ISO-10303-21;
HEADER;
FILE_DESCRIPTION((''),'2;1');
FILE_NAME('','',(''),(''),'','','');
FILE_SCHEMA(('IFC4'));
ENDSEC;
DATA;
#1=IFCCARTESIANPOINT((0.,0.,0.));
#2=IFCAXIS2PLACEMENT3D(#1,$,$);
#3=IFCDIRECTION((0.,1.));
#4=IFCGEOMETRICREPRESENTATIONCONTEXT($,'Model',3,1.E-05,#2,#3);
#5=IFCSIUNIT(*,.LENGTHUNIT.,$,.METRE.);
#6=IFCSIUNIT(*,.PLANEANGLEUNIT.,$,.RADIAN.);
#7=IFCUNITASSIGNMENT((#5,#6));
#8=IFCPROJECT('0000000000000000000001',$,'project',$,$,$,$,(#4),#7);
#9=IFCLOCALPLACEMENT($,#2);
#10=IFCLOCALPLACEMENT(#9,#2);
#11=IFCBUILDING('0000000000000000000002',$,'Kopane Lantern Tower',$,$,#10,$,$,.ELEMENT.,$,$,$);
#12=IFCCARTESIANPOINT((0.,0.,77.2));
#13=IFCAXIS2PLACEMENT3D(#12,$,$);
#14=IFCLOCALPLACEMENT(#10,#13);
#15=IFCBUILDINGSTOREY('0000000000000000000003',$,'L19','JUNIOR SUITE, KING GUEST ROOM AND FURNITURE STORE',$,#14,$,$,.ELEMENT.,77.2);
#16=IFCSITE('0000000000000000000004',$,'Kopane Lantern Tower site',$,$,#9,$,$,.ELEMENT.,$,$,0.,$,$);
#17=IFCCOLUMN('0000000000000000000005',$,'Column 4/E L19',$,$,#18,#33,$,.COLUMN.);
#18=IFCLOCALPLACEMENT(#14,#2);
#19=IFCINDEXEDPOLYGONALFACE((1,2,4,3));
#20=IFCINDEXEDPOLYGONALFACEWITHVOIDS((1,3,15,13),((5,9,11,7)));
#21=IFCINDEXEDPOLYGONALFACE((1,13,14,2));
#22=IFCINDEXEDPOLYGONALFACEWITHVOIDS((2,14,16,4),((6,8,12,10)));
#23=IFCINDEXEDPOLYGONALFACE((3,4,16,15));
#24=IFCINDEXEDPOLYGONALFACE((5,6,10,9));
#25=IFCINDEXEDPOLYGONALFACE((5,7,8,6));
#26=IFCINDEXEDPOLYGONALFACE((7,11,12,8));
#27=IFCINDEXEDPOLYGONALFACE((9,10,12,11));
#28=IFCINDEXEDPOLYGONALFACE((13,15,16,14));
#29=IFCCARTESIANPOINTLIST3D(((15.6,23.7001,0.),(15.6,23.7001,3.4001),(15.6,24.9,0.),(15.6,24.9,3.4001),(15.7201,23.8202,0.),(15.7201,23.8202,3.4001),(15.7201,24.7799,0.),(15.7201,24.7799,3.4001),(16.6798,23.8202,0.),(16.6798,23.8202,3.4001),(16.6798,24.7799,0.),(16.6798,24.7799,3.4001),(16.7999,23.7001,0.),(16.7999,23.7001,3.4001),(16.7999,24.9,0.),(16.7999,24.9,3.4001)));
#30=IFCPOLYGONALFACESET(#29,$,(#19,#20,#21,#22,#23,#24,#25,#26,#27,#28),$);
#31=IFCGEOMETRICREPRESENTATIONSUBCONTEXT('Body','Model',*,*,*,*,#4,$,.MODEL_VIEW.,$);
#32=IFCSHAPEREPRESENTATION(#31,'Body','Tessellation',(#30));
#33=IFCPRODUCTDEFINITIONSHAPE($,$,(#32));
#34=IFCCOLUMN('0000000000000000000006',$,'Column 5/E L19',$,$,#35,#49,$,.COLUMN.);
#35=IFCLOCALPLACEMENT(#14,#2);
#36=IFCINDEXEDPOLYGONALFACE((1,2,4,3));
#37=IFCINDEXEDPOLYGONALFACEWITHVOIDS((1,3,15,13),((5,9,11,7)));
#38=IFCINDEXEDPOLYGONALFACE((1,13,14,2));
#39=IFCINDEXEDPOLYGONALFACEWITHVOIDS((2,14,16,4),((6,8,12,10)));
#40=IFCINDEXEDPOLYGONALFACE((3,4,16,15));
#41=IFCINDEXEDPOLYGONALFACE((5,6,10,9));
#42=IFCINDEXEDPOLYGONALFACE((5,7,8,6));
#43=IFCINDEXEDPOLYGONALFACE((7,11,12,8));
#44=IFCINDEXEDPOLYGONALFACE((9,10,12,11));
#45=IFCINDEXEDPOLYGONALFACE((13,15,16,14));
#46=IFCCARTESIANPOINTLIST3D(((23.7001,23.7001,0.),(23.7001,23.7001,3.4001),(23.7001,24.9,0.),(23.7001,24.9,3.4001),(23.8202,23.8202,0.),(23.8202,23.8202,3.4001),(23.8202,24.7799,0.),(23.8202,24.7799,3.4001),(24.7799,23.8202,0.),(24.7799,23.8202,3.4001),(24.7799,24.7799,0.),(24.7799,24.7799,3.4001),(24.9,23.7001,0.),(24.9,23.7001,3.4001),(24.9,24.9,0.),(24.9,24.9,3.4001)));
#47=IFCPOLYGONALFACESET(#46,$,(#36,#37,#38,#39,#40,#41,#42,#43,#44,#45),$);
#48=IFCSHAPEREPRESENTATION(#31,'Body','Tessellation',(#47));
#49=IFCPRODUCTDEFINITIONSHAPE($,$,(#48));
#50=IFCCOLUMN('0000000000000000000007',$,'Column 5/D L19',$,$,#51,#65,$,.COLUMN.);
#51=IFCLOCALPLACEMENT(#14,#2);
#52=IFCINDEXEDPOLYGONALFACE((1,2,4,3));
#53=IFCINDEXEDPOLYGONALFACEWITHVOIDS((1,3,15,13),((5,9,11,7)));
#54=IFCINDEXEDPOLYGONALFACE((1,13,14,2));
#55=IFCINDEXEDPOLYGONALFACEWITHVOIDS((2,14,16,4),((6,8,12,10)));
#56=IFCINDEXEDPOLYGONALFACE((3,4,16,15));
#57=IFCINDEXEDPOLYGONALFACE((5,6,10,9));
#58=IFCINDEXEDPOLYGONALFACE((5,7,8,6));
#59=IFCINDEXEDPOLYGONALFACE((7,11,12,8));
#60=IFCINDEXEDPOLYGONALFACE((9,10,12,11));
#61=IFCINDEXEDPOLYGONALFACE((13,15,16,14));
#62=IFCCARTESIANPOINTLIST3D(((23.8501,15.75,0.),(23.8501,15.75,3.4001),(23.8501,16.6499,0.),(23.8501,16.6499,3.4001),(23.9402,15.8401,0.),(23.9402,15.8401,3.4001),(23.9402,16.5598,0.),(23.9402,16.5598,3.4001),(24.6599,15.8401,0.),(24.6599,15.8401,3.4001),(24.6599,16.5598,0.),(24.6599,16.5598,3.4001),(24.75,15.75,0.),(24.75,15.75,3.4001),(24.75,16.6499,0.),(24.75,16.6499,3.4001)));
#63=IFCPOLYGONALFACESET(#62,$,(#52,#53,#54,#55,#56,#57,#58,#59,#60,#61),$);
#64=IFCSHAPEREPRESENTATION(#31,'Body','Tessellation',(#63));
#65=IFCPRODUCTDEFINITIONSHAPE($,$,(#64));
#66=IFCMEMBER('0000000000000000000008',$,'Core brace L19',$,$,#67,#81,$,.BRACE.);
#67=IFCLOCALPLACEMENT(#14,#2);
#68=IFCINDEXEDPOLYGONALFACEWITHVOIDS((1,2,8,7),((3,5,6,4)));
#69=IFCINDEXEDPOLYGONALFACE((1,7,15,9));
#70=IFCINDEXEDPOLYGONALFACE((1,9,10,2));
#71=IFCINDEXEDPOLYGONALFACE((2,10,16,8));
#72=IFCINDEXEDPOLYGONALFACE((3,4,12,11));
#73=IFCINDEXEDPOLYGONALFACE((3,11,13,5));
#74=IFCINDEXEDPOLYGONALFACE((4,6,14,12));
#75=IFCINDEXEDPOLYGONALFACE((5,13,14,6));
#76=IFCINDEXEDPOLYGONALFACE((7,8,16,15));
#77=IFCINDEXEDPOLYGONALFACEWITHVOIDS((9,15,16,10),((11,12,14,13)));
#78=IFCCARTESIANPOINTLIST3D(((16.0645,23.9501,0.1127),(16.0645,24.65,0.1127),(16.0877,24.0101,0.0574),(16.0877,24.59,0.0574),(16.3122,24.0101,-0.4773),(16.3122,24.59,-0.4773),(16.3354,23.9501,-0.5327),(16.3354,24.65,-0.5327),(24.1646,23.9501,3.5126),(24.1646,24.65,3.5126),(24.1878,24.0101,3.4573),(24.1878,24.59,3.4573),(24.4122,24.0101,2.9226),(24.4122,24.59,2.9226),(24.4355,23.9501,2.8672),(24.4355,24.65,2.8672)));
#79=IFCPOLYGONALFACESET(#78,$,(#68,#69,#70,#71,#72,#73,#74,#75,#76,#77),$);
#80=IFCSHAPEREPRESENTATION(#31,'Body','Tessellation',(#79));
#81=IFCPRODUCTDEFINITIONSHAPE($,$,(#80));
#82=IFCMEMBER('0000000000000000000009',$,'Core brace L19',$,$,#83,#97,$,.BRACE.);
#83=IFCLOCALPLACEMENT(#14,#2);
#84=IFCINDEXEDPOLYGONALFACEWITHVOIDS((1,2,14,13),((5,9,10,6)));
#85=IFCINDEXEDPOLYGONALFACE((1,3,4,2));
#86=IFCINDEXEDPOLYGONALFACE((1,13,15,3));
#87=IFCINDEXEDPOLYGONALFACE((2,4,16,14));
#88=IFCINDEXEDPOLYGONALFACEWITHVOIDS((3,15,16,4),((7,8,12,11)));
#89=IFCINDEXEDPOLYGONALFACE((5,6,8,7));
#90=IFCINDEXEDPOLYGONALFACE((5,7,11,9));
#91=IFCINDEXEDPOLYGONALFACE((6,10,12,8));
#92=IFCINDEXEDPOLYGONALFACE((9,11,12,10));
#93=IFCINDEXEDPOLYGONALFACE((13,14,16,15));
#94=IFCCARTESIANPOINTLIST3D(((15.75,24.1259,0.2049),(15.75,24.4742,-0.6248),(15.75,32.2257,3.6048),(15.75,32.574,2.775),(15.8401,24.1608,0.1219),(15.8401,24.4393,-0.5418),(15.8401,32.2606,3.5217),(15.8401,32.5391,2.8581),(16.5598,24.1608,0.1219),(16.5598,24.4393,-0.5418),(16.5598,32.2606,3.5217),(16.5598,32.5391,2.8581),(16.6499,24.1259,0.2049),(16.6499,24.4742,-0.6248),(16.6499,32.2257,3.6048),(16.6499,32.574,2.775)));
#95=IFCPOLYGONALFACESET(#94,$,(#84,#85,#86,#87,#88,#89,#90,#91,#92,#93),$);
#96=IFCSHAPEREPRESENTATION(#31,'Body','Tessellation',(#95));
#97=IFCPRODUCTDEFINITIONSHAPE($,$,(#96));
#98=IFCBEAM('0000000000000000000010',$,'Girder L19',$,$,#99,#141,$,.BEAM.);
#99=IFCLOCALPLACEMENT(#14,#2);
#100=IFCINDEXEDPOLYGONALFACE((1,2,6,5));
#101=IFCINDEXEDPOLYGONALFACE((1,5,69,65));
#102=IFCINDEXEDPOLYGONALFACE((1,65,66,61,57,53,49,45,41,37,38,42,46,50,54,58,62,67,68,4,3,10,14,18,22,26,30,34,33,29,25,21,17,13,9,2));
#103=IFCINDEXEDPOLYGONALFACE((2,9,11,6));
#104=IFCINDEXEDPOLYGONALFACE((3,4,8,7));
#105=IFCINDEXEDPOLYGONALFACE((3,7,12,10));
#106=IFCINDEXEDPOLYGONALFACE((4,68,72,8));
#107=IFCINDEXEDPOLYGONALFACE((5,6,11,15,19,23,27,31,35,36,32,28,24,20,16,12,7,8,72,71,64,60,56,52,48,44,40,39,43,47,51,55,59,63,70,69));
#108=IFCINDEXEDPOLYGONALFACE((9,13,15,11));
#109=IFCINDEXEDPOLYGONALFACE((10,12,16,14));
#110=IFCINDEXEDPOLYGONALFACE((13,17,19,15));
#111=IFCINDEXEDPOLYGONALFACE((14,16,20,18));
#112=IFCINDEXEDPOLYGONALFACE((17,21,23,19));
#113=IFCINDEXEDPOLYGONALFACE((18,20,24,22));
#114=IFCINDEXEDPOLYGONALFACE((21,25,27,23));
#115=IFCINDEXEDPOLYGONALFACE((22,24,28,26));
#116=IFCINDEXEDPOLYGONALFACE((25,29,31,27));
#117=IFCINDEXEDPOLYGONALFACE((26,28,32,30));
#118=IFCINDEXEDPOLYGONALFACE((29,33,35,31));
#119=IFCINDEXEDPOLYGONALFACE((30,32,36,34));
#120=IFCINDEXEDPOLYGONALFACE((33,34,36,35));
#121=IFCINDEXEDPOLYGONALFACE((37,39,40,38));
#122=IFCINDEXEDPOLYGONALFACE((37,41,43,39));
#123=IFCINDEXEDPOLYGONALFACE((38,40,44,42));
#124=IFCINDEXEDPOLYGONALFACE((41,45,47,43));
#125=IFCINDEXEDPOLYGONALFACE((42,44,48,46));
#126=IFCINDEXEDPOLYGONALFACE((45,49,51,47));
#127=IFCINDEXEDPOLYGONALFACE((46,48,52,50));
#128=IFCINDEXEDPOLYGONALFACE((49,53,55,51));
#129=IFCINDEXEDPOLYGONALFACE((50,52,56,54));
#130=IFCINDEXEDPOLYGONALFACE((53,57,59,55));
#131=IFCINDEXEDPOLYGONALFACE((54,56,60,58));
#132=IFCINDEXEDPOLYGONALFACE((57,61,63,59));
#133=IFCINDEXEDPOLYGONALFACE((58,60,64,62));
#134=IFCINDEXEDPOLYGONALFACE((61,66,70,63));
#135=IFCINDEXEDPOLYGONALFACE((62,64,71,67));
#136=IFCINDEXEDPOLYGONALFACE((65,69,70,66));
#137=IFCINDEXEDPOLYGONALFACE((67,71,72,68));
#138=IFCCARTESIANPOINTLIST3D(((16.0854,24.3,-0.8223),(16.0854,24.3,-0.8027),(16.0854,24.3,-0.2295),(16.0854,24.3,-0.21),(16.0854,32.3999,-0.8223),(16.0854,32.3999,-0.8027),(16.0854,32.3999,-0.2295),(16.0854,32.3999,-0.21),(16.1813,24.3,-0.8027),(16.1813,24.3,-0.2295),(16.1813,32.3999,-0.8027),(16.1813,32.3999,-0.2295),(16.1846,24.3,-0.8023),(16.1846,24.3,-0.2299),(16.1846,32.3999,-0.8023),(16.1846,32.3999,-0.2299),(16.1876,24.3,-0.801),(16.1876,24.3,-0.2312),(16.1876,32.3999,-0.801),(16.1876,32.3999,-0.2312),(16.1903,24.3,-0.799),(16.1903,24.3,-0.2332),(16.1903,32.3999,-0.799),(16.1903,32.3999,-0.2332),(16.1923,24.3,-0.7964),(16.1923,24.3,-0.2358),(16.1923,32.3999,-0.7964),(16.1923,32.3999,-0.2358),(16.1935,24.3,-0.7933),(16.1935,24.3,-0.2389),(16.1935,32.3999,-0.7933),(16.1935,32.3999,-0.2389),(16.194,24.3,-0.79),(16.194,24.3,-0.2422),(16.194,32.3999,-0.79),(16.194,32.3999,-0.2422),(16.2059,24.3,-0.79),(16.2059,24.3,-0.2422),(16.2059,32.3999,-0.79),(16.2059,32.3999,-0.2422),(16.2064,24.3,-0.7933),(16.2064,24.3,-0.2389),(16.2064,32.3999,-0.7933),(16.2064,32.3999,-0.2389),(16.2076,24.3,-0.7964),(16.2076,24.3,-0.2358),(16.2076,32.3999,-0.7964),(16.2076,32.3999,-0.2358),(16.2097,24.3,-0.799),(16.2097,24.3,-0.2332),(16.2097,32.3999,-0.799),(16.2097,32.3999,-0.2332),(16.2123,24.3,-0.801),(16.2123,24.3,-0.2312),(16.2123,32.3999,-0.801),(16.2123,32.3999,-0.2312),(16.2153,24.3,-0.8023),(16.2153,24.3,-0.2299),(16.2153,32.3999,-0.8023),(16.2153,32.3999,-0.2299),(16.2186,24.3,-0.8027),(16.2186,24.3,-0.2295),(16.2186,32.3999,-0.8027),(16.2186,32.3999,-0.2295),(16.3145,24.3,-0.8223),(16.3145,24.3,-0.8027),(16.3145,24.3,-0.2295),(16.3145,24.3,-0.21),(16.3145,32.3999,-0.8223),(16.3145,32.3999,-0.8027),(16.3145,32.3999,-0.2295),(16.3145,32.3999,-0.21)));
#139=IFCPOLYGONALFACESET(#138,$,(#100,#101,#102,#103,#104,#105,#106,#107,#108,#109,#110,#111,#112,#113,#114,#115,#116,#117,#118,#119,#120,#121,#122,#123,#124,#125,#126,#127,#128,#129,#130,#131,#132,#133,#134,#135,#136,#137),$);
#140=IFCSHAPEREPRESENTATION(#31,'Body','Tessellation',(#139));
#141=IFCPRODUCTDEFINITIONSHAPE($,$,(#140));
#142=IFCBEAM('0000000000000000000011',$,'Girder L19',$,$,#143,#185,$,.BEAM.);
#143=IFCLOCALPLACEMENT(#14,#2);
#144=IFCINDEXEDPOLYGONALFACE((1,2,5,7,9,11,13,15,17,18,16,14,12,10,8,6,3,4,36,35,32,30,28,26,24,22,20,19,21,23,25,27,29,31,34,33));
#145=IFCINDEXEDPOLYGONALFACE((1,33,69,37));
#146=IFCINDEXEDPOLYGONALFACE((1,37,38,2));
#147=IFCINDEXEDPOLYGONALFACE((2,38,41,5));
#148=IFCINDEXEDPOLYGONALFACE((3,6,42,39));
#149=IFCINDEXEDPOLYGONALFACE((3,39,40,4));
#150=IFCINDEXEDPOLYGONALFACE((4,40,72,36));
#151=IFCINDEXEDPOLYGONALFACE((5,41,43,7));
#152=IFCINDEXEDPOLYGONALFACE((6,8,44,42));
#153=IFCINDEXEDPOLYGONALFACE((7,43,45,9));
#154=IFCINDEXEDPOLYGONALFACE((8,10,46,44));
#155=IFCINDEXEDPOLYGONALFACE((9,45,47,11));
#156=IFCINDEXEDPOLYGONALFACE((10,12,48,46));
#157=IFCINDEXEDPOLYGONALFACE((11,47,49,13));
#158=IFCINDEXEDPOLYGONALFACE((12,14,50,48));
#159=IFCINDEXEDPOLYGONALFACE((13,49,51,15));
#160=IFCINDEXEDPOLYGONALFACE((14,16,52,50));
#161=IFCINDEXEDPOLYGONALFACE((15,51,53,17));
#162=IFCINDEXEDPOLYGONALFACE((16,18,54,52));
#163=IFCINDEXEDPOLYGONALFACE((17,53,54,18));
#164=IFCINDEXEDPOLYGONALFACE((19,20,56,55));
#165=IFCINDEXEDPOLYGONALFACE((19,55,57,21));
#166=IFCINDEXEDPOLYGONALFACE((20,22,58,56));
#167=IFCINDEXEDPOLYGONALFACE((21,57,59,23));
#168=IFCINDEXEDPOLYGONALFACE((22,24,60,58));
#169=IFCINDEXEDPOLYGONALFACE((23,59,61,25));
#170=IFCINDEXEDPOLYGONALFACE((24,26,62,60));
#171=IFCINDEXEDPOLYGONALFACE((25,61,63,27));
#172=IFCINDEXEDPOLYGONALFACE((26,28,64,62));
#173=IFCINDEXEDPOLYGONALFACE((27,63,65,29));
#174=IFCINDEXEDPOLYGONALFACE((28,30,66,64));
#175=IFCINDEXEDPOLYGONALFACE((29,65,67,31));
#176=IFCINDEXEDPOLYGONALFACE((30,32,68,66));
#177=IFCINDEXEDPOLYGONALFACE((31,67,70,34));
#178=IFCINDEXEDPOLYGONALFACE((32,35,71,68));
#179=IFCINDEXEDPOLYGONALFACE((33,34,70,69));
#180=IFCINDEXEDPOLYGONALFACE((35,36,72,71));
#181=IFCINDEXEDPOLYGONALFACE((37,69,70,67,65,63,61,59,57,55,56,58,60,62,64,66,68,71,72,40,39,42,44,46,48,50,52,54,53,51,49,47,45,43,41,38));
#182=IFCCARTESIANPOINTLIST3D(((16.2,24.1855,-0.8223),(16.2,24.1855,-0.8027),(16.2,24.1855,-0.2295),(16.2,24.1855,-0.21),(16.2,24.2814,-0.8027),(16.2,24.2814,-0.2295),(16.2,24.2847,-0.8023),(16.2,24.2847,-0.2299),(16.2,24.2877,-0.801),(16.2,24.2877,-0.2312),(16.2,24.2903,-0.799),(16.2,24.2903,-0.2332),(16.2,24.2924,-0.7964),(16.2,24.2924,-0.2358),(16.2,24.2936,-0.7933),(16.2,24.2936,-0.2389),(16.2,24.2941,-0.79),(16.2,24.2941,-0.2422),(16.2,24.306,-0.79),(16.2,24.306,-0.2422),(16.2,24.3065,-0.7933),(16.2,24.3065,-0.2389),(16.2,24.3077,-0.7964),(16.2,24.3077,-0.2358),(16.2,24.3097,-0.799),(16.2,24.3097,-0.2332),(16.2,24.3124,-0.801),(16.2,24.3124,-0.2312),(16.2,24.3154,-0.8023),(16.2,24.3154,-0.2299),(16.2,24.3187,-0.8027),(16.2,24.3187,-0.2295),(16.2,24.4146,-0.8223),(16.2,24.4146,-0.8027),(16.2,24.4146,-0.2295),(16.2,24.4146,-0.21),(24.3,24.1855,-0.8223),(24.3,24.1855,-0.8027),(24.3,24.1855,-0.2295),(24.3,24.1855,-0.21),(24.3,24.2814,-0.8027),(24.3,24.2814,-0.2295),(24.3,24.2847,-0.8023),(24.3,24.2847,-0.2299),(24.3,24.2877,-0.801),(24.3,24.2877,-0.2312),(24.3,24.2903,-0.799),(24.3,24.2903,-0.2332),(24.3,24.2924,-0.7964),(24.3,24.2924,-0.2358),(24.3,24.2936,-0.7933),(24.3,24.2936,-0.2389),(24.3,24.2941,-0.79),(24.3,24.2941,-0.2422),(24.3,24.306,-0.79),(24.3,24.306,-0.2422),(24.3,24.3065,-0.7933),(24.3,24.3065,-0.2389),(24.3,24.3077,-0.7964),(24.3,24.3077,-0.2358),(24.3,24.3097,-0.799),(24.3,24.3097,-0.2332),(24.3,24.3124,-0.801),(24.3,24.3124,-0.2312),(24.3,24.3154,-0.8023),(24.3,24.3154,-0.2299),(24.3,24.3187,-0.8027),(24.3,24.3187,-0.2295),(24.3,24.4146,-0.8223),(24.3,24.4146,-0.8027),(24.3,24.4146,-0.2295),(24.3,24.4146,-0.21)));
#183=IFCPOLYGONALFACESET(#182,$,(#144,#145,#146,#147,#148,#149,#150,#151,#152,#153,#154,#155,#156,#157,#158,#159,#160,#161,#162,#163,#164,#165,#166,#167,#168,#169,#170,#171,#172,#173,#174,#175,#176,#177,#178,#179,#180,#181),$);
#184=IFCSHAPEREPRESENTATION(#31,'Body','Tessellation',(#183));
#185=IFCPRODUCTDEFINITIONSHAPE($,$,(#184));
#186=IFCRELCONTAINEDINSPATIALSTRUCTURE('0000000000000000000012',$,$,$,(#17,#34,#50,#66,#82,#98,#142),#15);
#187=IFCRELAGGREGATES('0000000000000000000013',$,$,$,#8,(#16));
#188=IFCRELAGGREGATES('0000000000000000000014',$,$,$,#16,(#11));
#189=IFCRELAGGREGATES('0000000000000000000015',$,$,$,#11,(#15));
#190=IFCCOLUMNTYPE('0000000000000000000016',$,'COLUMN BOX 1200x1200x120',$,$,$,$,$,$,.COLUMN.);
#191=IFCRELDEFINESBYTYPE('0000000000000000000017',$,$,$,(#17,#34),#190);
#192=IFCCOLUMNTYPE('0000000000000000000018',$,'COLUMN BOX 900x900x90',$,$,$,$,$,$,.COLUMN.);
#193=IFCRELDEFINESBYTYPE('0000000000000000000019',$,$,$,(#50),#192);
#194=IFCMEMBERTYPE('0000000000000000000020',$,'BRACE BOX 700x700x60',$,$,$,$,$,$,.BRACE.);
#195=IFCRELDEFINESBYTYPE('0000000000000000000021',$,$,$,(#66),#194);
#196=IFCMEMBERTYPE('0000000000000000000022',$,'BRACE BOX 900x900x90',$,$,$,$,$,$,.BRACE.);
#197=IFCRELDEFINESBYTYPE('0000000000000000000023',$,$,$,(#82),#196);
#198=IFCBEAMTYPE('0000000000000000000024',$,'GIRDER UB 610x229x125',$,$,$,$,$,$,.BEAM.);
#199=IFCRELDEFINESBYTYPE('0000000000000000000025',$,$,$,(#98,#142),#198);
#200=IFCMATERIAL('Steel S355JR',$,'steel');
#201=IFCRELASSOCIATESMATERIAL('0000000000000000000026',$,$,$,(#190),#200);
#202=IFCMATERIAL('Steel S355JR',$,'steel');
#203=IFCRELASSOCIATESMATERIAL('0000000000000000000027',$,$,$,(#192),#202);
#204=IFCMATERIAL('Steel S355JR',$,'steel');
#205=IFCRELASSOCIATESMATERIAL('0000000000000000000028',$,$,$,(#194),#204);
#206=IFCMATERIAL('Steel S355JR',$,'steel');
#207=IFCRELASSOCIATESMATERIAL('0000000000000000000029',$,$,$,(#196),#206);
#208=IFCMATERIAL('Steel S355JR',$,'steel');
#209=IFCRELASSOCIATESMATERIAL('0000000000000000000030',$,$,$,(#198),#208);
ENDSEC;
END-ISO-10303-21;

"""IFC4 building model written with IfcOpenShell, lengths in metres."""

from ifc_helpers import new_model, si_unit, direction, frame, origin, origin_2d, place, context, subcontext, project, spatial, hollow_rectangle, i_section, extrude, material, material_profile, profile_set, type_object, element, save


model = new_model("IFC4")

# Units and contexts
model_context = context("Model", 3, precision=1e-05, world=origin(), true_north=direction((0.0, 1.0)))
body_context = subcontext(model_context, "Body", "Model", "MODEL_VIEW")
ifc_project = project(units=[si_unit("LENGTHUNIT", "METRE"), si_unit("PLANEANGLEUNIT", "RADIAN")], contexts=[model_context])

# Site, building, storey
site_placement = place(None, origin())
site = spatial("IfcSite", under=ifc_project, at=site_placement, Name="Kopane Lantern Tower site", CompositionType="ELEMENT", RefElevation=0.0)
building_placement = place(site_placement, origin())
building = spatial("IfcBuilding", under=site, at=building_placement, Name="Kopane Lantern Tower", CompositionType="ELEMENT")
storey_placement = place(building_placement, frame((0.0, 0.0, 77.2)))
storey = spatial("IfcBuildingStorey", under=building, at=storey_placement, Name="L19", Description="JUNIOR SUITE, KING GUEST ROOM AND FURNITURE STORE", CompositionType="ELEMENT", Elevation=77.2)

# Columns
ifc_material_1 = material(Name="Steel S355JR", Category="steel")
ifc_material_profile_1 = material_profile(ifc_material_1, hollow_rectangle(XDim=1.2, YDim=1.2, WallThickness=0.1201, at=origin_2d()), Name="BOX 1200x1200x120")
ifc_profile_set_1 = profile_set([ifc_material_profile_1], Name="Steel S355JR")
column_type_1 = type_object("IfcColumnType", Name="COLUMN BOX 1200x1200x120", PredefinedType="COLUMN", material=ifc_profile_set_1)
for number, where, z_axis, x_axis, name in (
    (1, (16.2, 24.3, 0.0), (0.0, 0.0, 1.0), (1.0, 0.0, 0.0), "Column 4/E L19"),
    (2, (24.3, 24.3, 0.0), (0.0, 0.0, 1.0), (1.0, 0.0, 0.0), "Column 5/E L19"),
):
    element("IfcColumn", number, at=place(storey_placement, frame(where, z_axis=z_axis, x_axis=x_axis)), inside=storey, type_object=column_type_1, Name=name, PredefinedType="COLUMN", context=body_context, shape_type="SweptSolid", body=[
        extrude(hollow_rectangle(XDim=1.2, YDim=1.2, WallThickness=0.1201, at=origin_2d()), origin(), (0.0, 0.0, 1.0), 3.4001),
    ])
ifc_material_2 = material(Name="Steel S355JR", Category="steel")
ifc_material_profile_2 = material_profile(ifc_material_2, hollow_rectangle(XDim=0.8999, YDim=0.8999, WallThickness=0.0901, at=origin_2d()), Name="BOX 900x900x90")
ifc_profile_set_2 = profile_set([ifc_material_profile_2], Name="Steel S355JR")
column_type_2 = type_object("IfcColumnType", Name="COLUMN BOX 900x900x90", PredefinedType="COLUMN", material=ifc_profile_set_2)
column_placement = place(storey_placement, frame((24.3, 16.2, 0.0), z_axis=(0.0, 0.0, 1.0), x_axis=(1.0, 0.0, 0.0)))
element("IfcColumn", 3, at=column_placement, inside=storey, type_object=column_type_2, Name="Column 5/D L19", PredefinedType="COLUMN", context=body_context, shape_type="SweptSolid", body=[
    extrude(hollow_rectangle(XDim=0.8999, YDim=0.8999, WallThickness=0.0901, at=origin_2d()), origin(), (0.0, 0.0, 1.0), 3.4001),
])

# Members
ifc_material_3 = material(Name="Steel S355JR", Category="steel")
ifc_material_profile_3 = material_profile(ifc_material_3, hollow_rectangle(XDim=0.7, YDim=0.7, WallThickness=0.0601, at=origin_2d()), Name="BOX 700x700x60")
ifc_profile_set_3 = profile_set([ifc_material_profile_3], Name="Steel S355JR")
member_type_1 = type_object("IfcMemberType", Name="BRACE BOX 700x700x60", PredefinedType="BRACE", material=ifc_profile_set_3)
member_1_placement = place(storey_placement, frame((16.2, 24.3, -0.21), z_axis=(0.922069, 0.0, 0.387026), x_axis=(0.0, 1.0, 0.0)))
element("IfcMember", 4, at=member_1_placement, inside=storey, type_object=member_type_1, Name="Core brace L19", PredefinedType="BRACE", context=body_context, shape_type="SweptSolid", body=[
    extrude(hollow_rectangle(XDim=0.7, YDim=0.7, WallThickness=0.0601, at=origin_2d()), origin(), (0.0, 0.0, 1.0), 8.7847),
])
ifc_material_4 = material(Name="Steel S355JR", Category="steel")
ifc_material_profile_4 = material_profile(ifc_material_4, hollow_rectangle(XDim=0.8999, YDim=0.8999, WallThickness=0.0901, at=origin_2d()), Name="BOX 900x900x90")
ifc_profile_set_4 = profile_set([ifc_material_profile_4], Name="Steel S355JR")
member_type_2 = type_object("IfcMemberType", Name="BRACE BOX 900x900x90", PredefinedType="BRACE", material=ifc_profile_set_4)
member_2_placement = place(storey_placement, frame((16.2, 24.3, -0.21), z_axis=(0.0, 0.922065, 0.387035), x_axis=(-1.0, 0.0, 0.0)))
element("IfcMember", 5, at=member_2_placement, inside=storey, type_object=member_type_2, Name="Core brace L19", PredefinedType="BRACE", context=body_context, shape_type="SweptSolid", body=[
    extrude(hollow_rectangle(XDim=0.8999, YDim=0.8999, WallThickness=0.0901, at=origin_2d()), origin(), (0.0, 0.0, 1.0), 8.7844),
])

# Beams
ifc_material_5 = material(Name="Steel S355JR", Category="steel")
ifc_material_profile_5 = material_profile(ifc_material_5, i_section(OverallWidth=0.229, OverallDepth=0.6123, WebThickness=0.012, FlangeThickness=0.0195, FilletRadius=0.0127, at=origin_2d()), Name="UB 610x229x125")
ifc_profile_set_5 = profile_set([ifc_material_profile_5], Name="Steel S355JR")
beam_type = type_object("IfcBeamType", Name="GIRDER UB 610x229x125", PredefinedType="BEAM", material=ifc_profile_set_5)
beam_1_placement = place(storey_placement, frame((16.2, 24.3, -0.5161), z_axis=(0.0, 1.0, 0.0), x_axis=(-1.0, 0.0, 0.0)))
element("IfcBeam", 6, at=beam_1_placement, inside=storey, type_object=beam_type, Name="Girder L19", PredefinedType="BEAM", context=body_context, shape_type="SweptSolid", body=[
    extrude(i_section(OverallWidth=0.229, OverallDepth=0.6123, WebThickness=0.012, FlangeThickness=0.0195, FilletRadius=0.0127, at=origin_2d()), origin(), (0.0, 0.0, 1.0), 8.0999),
])
for number, where, z_axis, x_axis, name in (
    (7, (16.2, 24.3, -0.5161), (1.0, 0.0, 0.0), (0.0, 1.0, 0.0), "Girder L19"),
):
    element("IfcBeam", number, at=place(storey_placement, frame(where, z_axis=z_axis, x_axis=x_axis)), inside=storey, type_object=beam_type, Name=name, PredefinedType="BEAM", context=body_context, shape_type="SweptSolid", body=[
        extrude(i_section(OverallWidth=0.229, OverallDepth=0.6123, WebThickness=0.012, FlangeThickness=0.0195, FilletRadius=0.0127, at=origin_2d()), origin(), (0.0, 0.0, 1.0), 8.1001),
    ])

save(model, "model.ifc")
